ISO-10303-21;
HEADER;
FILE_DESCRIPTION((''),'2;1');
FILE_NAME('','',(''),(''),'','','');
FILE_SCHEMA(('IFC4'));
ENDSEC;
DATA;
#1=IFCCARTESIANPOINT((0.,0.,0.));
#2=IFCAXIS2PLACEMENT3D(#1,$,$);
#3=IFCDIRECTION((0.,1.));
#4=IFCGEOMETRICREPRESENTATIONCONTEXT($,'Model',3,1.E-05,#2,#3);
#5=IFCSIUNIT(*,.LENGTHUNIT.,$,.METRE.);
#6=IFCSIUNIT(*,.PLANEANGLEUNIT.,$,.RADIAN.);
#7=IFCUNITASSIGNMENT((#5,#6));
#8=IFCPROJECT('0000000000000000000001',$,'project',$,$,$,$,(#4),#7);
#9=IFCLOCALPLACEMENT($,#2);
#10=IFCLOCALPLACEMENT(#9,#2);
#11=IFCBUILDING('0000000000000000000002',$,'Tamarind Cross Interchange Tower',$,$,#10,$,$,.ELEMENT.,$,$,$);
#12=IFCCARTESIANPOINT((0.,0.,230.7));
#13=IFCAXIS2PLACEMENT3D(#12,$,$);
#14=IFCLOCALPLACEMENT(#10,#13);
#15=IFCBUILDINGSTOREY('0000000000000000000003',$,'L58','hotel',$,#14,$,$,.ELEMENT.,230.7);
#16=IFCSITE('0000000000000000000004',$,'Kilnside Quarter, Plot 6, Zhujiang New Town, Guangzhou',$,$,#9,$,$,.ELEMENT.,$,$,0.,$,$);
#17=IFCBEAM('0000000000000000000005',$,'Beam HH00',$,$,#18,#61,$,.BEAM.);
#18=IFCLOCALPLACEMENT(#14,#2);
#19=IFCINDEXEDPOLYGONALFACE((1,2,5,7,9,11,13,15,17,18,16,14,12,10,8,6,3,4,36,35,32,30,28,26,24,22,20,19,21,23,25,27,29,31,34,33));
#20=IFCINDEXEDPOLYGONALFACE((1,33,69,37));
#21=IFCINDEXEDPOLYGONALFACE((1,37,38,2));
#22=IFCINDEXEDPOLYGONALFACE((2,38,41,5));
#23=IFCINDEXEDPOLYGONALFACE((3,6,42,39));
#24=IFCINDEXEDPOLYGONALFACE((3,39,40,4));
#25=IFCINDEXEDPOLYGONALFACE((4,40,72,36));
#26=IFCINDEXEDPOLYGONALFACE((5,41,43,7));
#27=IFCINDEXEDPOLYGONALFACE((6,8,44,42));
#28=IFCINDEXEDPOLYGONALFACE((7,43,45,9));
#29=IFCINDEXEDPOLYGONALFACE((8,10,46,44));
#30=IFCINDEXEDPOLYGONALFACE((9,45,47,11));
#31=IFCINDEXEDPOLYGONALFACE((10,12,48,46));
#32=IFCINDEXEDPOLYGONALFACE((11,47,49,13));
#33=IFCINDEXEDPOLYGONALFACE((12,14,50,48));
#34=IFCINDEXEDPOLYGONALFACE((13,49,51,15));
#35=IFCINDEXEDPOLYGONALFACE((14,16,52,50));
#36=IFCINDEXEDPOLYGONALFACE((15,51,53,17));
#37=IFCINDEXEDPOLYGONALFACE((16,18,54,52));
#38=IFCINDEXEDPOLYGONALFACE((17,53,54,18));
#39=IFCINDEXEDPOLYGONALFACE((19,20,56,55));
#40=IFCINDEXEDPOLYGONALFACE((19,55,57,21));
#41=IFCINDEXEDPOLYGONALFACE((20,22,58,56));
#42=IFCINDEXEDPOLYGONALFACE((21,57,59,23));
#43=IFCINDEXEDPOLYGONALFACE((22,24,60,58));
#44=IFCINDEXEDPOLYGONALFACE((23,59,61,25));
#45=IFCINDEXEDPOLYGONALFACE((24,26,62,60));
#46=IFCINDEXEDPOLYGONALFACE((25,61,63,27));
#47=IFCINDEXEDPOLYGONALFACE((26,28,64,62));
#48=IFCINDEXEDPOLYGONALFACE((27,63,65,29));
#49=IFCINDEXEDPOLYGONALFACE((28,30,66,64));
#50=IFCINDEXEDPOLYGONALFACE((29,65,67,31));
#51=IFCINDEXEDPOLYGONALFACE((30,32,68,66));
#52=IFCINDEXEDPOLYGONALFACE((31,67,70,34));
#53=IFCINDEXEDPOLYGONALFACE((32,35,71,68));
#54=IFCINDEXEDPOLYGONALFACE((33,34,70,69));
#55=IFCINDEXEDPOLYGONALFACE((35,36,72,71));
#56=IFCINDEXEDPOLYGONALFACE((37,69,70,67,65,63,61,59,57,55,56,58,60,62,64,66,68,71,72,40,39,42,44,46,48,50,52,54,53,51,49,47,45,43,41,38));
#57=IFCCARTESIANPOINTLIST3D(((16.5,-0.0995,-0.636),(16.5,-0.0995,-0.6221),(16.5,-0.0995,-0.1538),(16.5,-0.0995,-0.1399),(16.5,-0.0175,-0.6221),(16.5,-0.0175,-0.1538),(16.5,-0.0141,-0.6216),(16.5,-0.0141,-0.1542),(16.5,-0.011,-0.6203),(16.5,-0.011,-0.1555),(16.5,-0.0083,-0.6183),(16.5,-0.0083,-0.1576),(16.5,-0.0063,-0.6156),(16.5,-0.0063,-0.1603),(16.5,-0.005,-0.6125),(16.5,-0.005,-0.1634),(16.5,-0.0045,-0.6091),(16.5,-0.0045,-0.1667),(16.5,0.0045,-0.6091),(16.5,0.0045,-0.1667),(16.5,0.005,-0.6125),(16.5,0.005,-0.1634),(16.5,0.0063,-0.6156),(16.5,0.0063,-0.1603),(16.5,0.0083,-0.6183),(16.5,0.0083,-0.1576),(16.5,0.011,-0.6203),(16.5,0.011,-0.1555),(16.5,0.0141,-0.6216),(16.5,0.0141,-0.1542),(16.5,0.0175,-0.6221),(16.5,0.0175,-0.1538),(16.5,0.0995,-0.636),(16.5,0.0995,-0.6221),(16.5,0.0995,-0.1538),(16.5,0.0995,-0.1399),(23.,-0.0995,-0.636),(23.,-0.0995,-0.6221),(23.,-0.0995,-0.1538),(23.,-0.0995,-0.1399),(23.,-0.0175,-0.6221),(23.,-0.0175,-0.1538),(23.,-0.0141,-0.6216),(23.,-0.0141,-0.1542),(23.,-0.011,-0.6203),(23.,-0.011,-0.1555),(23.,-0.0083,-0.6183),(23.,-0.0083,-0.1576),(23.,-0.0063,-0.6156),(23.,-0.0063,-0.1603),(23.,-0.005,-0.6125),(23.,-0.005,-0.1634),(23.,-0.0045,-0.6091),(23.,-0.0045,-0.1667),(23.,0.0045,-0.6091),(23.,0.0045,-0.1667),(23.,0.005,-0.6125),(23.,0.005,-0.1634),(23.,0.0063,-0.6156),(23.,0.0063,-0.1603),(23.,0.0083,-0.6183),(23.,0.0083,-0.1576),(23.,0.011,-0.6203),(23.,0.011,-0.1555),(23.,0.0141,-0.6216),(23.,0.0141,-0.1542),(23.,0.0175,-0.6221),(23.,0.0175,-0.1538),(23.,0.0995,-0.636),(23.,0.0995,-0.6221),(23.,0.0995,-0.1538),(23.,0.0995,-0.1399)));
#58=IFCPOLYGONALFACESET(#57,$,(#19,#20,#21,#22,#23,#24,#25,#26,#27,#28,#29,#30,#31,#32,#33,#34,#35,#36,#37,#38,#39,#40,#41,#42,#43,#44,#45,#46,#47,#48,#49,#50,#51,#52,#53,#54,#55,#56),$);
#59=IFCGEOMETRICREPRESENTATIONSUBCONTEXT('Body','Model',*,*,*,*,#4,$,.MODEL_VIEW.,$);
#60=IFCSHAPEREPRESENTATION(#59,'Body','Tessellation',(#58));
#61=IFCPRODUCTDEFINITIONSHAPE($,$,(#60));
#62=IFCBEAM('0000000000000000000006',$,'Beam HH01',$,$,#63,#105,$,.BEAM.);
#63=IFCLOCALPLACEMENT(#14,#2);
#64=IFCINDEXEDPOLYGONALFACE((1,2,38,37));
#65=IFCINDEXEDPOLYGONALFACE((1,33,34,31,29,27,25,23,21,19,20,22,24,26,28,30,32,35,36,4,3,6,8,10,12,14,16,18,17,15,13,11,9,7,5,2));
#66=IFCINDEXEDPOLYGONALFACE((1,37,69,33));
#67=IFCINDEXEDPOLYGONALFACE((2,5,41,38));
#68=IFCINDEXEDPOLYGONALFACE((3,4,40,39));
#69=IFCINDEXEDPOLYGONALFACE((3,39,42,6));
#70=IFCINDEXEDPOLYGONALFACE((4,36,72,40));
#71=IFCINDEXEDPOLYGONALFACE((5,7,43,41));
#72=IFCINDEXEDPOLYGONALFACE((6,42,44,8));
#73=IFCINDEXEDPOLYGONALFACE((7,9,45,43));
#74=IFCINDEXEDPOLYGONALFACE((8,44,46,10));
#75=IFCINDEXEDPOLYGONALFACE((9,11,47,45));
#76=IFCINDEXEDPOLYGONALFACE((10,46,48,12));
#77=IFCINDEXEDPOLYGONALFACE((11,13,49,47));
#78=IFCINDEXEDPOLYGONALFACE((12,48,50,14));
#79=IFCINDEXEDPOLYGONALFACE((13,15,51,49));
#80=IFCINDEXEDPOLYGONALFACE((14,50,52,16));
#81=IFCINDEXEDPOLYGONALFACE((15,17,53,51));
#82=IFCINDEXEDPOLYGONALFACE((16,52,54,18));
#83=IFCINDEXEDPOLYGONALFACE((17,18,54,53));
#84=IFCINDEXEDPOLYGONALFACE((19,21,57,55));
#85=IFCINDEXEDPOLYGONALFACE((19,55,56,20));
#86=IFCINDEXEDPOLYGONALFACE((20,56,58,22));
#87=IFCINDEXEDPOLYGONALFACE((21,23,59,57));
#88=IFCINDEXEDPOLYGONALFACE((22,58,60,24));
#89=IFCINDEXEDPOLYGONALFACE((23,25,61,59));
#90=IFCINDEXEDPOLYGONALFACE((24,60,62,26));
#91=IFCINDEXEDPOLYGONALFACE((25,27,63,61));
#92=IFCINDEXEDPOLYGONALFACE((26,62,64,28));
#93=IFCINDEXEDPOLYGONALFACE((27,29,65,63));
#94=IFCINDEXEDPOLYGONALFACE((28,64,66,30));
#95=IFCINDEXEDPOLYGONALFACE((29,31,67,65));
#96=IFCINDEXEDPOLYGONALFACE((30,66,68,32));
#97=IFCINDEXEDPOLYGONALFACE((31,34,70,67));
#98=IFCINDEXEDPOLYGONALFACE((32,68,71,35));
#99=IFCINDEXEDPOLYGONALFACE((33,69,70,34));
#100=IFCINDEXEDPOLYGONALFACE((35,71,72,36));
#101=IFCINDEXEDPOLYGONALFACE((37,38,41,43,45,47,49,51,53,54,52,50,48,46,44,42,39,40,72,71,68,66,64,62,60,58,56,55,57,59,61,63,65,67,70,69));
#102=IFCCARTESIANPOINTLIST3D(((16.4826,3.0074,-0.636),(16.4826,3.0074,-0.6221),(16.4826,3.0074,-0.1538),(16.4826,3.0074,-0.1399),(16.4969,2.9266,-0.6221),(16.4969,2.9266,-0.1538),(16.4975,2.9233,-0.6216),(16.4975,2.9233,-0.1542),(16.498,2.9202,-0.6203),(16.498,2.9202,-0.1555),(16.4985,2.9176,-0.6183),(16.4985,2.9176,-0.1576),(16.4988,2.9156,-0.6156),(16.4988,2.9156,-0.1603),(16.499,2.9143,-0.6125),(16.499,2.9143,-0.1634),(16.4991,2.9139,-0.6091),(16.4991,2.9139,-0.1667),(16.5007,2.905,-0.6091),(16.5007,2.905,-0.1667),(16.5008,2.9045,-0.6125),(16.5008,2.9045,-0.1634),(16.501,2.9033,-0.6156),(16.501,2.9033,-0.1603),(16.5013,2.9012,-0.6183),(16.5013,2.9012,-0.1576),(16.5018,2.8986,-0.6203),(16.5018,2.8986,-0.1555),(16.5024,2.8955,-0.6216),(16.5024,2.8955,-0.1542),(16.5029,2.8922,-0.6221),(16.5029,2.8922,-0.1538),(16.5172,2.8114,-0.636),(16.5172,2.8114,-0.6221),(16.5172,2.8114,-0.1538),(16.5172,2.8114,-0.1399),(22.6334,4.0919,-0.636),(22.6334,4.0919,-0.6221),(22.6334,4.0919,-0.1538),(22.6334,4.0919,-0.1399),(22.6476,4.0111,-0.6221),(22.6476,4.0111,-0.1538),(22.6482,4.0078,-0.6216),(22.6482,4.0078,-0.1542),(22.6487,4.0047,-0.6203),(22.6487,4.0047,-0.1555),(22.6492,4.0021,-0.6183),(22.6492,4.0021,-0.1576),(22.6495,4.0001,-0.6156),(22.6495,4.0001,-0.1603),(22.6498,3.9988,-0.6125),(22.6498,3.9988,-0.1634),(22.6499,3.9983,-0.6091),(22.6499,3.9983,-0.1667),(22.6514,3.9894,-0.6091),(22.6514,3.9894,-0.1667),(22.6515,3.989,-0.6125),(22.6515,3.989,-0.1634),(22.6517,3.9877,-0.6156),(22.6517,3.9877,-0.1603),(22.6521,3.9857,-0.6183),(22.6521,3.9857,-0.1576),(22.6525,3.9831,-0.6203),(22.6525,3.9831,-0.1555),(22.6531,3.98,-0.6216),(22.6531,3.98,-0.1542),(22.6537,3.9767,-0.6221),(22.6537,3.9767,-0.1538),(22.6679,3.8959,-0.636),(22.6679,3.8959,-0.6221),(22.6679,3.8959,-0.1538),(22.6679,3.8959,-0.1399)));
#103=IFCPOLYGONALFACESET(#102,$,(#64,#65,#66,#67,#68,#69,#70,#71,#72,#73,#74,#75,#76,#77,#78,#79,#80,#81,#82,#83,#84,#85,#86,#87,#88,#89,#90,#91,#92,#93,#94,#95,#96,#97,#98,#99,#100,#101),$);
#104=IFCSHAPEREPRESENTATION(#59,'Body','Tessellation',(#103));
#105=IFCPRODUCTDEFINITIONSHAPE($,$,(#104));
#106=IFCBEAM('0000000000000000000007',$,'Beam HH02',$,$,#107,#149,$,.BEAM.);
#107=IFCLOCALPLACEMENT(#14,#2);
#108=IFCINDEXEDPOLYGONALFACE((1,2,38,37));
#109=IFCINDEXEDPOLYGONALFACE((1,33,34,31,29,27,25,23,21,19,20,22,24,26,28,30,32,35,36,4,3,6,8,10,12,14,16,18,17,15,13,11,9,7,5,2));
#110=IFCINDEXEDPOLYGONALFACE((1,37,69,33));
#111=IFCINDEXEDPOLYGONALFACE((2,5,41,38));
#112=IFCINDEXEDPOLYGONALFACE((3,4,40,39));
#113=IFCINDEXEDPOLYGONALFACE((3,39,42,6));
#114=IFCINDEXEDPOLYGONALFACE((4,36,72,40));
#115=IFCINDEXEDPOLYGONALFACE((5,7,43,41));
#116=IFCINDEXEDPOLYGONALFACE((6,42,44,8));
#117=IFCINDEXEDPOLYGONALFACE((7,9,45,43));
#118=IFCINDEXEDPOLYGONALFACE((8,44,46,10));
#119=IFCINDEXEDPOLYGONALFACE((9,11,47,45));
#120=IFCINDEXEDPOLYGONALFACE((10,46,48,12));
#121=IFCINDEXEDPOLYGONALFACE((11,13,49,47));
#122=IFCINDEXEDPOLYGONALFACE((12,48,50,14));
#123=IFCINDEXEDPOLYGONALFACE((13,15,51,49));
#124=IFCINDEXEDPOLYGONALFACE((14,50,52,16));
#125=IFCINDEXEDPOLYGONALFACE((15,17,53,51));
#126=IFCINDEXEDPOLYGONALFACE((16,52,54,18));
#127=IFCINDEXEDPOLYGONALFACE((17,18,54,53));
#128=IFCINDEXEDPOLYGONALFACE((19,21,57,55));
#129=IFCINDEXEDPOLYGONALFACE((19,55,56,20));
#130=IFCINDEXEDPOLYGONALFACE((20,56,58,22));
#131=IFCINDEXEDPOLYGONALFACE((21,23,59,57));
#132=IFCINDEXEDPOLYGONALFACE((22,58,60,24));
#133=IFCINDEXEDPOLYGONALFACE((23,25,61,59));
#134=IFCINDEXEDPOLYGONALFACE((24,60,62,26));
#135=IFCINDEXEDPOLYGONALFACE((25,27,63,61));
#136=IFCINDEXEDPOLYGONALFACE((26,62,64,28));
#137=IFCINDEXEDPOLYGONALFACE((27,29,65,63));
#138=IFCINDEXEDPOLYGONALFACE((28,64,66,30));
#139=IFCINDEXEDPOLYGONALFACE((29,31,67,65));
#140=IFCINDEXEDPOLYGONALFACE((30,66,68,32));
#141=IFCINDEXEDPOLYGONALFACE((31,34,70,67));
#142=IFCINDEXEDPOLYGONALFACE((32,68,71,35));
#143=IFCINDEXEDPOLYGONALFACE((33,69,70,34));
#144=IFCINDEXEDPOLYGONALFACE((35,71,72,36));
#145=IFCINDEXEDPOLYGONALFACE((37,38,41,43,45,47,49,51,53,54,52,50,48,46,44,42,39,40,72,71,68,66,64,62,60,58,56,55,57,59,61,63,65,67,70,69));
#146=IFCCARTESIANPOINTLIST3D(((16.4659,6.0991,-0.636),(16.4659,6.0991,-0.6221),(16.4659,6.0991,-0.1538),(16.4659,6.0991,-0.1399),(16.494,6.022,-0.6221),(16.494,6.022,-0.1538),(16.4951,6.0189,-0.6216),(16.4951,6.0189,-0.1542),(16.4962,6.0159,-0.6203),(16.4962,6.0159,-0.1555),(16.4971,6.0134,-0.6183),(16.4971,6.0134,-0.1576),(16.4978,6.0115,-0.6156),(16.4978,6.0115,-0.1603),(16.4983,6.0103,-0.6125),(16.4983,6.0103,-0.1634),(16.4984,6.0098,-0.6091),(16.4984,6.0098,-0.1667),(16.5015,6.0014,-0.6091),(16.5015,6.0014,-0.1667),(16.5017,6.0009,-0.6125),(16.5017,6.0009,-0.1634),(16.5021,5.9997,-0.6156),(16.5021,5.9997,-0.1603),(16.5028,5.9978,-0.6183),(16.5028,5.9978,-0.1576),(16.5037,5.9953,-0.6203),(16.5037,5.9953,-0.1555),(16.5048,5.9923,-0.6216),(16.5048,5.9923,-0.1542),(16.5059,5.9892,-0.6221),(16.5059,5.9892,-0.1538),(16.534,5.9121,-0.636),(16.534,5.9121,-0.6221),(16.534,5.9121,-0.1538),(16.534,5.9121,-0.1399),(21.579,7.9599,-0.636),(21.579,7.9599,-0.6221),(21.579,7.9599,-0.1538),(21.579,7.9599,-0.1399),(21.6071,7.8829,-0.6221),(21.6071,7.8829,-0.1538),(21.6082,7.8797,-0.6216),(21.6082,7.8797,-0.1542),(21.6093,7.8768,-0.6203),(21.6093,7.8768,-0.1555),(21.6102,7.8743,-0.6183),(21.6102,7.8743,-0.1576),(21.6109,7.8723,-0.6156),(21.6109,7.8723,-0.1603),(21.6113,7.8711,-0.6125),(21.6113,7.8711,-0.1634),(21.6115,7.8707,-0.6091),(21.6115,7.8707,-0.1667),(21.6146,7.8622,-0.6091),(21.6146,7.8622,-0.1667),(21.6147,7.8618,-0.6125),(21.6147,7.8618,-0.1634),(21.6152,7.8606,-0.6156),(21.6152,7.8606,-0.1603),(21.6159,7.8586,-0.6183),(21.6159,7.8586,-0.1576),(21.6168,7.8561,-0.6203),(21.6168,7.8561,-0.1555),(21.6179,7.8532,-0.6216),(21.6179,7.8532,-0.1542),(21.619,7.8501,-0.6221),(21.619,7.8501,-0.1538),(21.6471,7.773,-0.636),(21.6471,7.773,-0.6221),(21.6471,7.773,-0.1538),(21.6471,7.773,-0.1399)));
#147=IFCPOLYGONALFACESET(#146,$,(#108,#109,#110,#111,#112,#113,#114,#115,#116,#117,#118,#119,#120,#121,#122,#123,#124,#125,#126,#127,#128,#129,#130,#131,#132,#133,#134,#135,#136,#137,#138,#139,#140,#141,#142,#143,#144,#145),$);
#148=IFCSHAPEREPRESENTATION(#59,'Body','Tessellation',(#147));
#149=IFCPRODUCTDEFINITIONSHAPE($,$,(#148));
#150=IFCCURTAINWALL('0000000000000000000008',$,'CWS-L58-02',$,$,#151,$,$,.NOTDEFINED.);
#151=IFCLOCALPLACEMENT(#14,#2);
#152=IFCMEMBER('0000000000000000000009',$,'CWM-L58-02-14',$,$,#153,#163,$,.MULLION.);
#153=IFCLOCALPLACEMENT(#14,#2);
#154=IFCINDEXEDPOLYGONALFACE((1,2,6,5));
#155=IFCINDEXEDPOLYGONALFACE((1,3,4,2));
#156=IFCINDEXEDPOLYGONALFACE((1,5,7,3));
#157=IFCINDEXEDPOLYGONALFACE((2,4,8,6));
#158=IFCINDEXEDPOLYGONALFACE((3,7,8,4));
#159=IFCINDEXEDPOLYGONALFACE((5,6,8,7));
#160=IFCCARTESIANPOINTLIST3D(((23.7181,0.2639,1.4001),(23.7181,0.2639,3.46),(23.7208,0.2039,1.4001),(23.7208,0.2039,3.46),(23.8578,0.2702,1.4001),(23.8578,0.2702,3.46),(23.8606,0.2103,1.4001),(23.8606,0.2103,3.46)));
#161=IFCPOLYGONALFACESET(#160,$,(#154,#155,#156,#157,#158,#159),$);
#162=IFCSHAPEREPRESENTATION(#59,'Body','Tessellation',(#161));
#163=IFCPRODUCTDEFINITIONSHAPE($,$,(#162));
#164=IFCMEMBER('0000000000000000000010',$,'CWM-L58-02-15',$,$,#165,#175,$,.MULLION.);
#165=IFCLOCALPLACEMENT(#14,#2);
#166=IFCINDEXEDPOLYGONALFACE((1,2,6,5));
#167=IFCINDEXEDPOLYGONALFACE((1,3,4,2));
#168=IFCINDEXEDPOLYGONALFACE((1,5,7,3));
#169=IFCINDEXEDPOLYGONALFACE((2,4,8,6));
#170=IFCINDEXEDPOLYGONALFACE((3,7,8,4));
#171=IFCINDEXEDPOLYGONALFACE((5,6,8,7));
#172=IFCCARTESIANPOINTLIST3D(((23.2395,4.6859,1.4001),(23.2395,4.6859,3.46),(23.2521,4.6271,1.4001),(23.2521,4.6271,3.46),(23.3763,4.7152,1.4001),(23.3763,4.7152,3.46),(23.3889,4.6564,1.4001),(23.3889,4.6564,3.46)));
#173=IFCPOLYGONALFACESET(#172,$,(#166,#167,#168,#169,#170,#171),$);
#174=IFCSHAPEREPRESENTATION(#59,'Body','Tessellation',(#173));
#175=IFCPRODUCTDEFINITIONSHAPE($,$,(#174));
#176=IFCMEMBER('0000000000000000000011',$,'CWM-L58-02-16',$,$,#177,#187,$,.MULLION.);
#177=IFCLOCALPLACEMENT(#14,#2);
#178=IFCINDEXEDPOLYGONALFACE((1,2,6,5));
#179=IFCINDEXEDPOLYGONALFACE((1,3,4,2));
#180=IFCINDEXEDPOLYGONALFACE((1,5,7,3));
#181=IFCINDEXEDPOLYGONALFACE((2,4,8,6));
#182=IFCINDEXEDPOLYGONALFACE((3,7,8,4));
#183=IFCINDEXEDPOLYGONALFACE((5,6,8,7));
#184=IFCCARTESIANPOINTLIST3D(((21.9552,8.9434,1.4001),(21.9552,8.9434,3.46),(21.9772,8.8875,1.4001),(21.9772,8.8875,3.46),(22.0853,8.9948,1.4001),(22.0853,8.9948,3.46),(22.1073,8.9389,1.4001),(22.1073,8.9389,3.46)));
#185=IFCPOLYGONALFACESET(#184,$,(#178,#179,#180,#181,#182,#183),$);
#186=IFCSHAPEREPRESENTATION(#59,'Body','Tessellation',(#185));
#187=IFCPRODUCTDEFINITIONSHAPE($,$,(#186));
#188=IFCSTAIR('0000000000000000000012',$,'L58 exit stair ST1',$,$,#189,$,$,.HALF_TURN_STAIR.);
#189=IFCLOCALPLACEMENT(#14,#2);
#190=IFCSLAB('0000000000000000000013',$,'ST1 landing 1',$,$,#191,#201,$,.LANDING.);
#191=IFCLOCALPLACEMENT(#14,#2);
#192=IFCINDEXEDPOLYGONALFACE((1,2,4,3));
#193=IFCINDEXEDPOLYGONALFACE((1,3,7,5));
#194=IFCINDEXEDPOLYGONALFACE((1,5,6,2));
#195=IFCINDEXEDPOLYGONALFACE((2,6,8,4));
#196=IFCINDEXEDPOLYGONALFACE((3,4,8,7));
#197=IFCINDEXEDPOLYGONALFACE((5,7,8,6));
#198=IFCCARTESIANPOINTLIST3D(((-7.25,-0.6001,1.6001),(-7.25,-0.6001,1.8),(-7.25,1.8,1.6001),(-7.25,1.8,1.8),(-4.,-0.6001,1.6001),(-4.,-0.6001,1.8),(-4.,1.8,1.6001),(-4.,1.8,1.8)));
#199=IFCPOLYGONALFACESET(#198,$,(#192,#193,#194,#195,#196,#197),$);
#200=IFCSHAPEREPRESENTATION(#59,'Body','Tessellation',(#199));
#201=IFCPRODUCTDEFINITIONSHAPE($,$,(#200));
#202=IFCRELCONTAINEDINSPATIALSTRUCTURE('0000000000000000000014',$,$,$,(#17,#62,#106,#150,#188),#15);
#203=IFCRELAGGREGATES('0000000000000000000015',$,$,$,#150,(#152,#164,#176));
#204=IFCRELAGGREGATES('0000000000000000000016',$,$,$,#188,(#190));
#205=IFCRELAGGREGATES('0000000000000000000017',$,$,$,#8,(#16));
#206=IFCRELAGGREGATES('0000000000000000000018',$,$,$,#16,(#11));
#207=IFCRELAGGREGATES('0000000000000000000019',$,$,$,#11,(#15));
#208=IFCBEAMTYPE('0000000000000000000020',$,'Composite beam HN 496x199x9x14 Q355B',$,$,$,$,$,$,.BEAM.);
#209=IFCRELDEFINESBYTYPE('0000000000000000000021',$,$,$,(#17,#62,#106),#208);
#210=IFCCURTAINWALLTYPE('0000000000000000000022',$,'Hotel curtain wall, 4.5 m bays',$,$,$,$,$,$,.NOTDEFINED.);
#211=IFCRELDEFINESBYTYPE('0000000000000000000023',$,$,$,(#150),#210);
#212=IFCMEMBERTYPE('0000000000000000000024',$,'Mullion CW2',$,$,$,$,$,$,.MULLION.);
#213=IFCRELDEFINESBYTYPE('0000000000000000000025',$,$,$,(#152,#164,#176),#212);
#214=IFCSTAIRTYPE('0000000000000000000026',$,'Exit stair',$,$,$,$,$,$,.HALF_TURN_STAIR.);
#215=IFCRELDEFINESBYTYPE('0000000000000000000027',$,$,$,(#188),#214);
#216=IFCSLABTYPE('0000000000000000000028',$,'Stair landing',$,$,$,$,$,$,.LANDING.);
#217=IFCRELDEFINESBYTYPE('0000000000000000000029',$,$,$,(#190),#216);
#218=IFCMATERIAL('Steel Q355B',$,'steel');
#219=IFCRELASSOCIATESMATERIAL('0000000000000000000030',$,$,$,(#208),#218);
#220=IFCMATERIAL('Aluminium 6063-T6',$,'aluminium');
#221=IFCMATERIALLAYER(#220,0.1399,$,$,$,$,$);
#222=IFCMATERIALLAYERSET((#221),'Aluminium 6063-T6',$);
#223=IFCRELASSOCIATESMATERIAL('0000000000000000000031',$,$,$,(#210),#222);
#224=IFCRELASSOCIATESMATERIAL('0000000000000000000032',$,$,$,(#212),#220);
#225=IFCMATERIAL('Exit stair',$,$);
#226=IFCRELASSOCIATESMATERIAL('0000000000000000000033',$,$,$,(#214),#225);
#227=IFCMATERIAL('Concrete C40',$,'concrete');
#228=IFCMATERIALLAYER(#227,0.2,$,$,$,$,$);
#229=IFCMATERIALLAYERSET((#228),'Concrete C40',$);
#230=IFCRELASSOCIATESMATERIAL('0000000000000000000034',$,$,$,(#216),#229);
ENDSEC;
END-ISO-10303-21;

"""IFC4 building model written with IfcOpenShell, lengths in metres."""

from ifc_helpers import new_model, si_unit, direction, frame, origin, origin_2d, place, context, subcontext, project, spatial, polyline, rectangle, i_section, outline, extrude, material, layer, layer_set, material_profile, profile_set, type_object, element, aggregate, save


model = new_model("IFC4")

# Units and contexts
model_context = context("Model", 3, precision=1e-05, world=origin(), true_north=direction((0.0, 1.0)))
body_context = subcontext(model_context, "Body", "Model", "MODEL_VIEW")
ifc_project = project(units=[si_unit("LENGTHUNIT", "METRE"), si_unit("PLANEANGLEUNIT", "RADIAN")], contexts=[model_context])

# Site, building, storey
site_placement = place(None, origin())
site = spatial("IfcSite", under=ifc_project, at=site_placement, Name="Kilnside Quarter, Plot 6, Zhujiang New Town, Guangzhou", CompositionType="ELEMENT", RefElevation=0.0)
building_placement = place(site_placement, origin())
building = spatial("IfcBuilding", under=site, at=building_placement, Name="Tamarind Cross Interchange Tower", CompositionType="ELEMENT")
storey_placement = place(building_placement, frame((0.0, 0.0, 230.7)))
storey = spatial("IfcBuildingStorey", under=building, at=storey_placement, Name="L58", Description="hotel", CompositionType="ELEMENT", Elevation=230.7)

# Beams
ifc_material_1 = material(Name="Steel Q355B", Category="steel")
ifc_material_profile_1 = material_profile(ifc_material_1, i_section(OverallWidth=0.199, OverallDepth=0.4961, WebThickness=0.009, FlangeThickness=0.0139, FilletRadius=0.0129, at=origin_2d()), Name="HN 496x199x9x14")
ifc_profile_set_1 = profile_set([ifc_material_profile_1], Name="Steel Q355B")
beam_type = type_object("IfcBeamType", Name="Composite beam HN 496x199x9x14 Q355B", PredefinedType="BEAM", material=ifc_profile_set_1)
beam_1_placement = place(storey_placement, frame((23.0, 0.0, -0.3879), z_axis=(-1.0, 0.0, 0.0), x_axis=(0.0, -1.0, 0.0)))
element("IfcBeam", 1, at=beam_1_placement, inside=storey, type_object=beam_type, Name="Beam HH00", PredefinedType="BEAM", context=body_context, shape_type="SweptSolid", body=[
    extrude(i_section(OverallWidth=0.199, OverallDepth=0.4961, WebThickness=0.009, FlangeThickness=0.0139, FilletRadius=0.0129, at=origin_2d()), origin(), (0.0, 0.0, 1.0), 6.5),
])
beam_2_placement = place(storey_placement, frame((22.6506, 3.9939, -0.3879), z_axis=(-0.984809, -0.17364, 0.0), x_axis=(0.17364, -0.984809, 0.0)))
element("IfcBeam", 2, at=beam_2_placement, inside=storey, type_object=beam_type, Name="Beam HH01", PredefinedType="BEAM", context=body_context, shape_type="SweptSolid", body=[
    extrude(i_section(OverallWidth=0.199, OverallDepth=0.4961, WebThickness=0.009, FlangeThickness=0.0139, FilletRadius=0.0129, at=origin_2d()), origin(), (0.0, 0.0, 1.0), 6.2456),
])
beam_3_placement = place(storey_placement, frame((21.613, 7.8665, -0.3879), z_axis=(-0.939702, -0.341995, 0.0), x_axis=(0.341995, -0.939702, 0.0)))
element("IfcBeam", 3, at=beam_3_placement, inside=storey, type_object=beam_type, Name="Beam HH02", PredefinedType="BEAM", context=body_context, shape_type="SweptSolid", body=[
    extrude(i_section(OverallWidth=0.199, OverallDepth=0.4961, WebThickness=0.009, FlangeThickness=0.0139, FilletRadius=0.0129, at=origin_2d()), origin(), (0.0, 0.0, 1.0), 5.4412),
])

# Curtain wall, members
ifc_material_2 = material(Name="Aluminium 6063-T6", Category="aluminium")
ifc_layer_1 = layer(ifc_material_2, 0.1399)
ifc_layer_set_1 = layer_set([ifc_layer_1], Name="Aluminium 6063-T6")
curtain_wall_type = type_object("IfcCurtainWallType", Name="Hotel curtain wall, 4.5 m bays", PredefinedType="NOTDEFINED", material=ifc_layer_set_1)
curtain_wall_placement = place(storey_placement, origin())
curtain_wall = element("IfcCurtainWall", 4, at=curtain_wall_placement, inside=storey, type_object=curtain_wall_type, Name="CWS-L58-02", PredefinedType="NOTDEFINED")
ifc_material_profile_2 = material_profile(ifc_material_2, rectangle(XDim=0.0601, YDim=0.1399, at=origin_2d()), Name="Mullion CW2")
ifc_profile_set_2 = profile_set([ifc_material_profile_2], Name="Aluminium 6063-T6")
member_type = type_object("IfcMemberType", Name="Mullion CW2", PredefinedType="MULLION", material=ifc_profile_set_2)
member_1_placement = place(storey_placement, frame((23.7893, 0.2371, 1.4001), z_axis=(0.0, 0.0, 1.0), x_axis=(-0.045624, 0.998959, 0.0)))
member_1 = element("IfcMember", 5, at=member_1_placement, type_object=member_type, Name="CWM-L58-02-14", PredefinedType="MULLION", context=body_context, shape_type="SweptSolid", body=[
    extrude(rectangle(XDim=0.0601, YDim=0.1399, at=origin_2d()), origin(), (0.0, 0.0, 1.0), 2.0598),
])
member_2_placement = place(storey_placement, frame((23.3142, 4.6711, 1.4001), z_axis=(0.0, 0.0, 1.0), x_axis=(-0.209425, 0.977825, 0.0)))
member_2 = element("IfcMember", 6, at=member_2_placement, type_object=member_type, Name="CWM-L58-02-15", PredefinedType="MULLION", context=body_context, shape_type="SweptSolid", body=[
    extrude(rectangle(XDim=0.0601, YDim=0.1399, at=origin_2d()), origin(), (0.0, 0.0, 1.0), 2.0598),
])
member_3_placement = place(storey_placement, frame((22.0312, 8.9412, 1.4001), z_axis=(0.0, 0.0, 1.0), x_axis=(-0.367514, 0.930018, 0.0)))
member_3 = element("IfcMember", 7, at=member_3_placement, type_object=member_type, Name="CWM-L58-02-16", PredefinedType="MULLION", context=body_context, shape_type="SweptSolid", body=[
    extrude(rectangle(XDim=0.0601, YDim=0.1399, at=origin_2d()), origin(), (0.0, 0.0, 1.0), 2.0598),
])
aggregate(curtain_wall, [member_1, member_2, member_3])

# Stair, slab
ifc_material_3 = material(Name="Exit stair")
stair_type = type_object("IfcStairType", Name="Exit stair", PredefinedType="HALF_TURN_STAIR", material=ifc_material_3)
stair_1_placement = place(storey_placement, origin())
stair_1 = element("IfcStair", 8, at=stair_1_placement, inside=storey, type_object=stair_type, Name="L58 exit stair ST1", PredefinedType="HALF_TURN_STAIR")
ifc_material_4 = material(Name="Concrete C40", Category="concrete")
ifc_layer_2 = layer(ifc_material_4, 0.2)
ifc_layer_set_2 = layer_set([ifc_layer_2], Name="Concrete C40")
slab_type = type_object("IfcSlabType", Name="Stair landing", PredefinedType="LANDING", material=ifc_layer_set_2)
slab_1_placement = place(storey_placement, frame((0.0, 0.0, 1.6001)))
slab_1 = element("IfcSlab", 9, at=slab_1_placement, type_object=slab_type, Name="ST1 landing 1", PredefinedType="LANDING", context=body_context, shape_type="SweptSolid", body=[
    extrude(outline(polyline([(-4.0, -0.6001), (-4.0, 1.8), (-7.25, 1.8), (-7.25, -0.6001), (-4.0, -0.6001)])), origin(), (0.0, 0.0, 1.0), 0.2),
])
aggregate(stair_1, [slab_1])

save(model, "model.ifc")
